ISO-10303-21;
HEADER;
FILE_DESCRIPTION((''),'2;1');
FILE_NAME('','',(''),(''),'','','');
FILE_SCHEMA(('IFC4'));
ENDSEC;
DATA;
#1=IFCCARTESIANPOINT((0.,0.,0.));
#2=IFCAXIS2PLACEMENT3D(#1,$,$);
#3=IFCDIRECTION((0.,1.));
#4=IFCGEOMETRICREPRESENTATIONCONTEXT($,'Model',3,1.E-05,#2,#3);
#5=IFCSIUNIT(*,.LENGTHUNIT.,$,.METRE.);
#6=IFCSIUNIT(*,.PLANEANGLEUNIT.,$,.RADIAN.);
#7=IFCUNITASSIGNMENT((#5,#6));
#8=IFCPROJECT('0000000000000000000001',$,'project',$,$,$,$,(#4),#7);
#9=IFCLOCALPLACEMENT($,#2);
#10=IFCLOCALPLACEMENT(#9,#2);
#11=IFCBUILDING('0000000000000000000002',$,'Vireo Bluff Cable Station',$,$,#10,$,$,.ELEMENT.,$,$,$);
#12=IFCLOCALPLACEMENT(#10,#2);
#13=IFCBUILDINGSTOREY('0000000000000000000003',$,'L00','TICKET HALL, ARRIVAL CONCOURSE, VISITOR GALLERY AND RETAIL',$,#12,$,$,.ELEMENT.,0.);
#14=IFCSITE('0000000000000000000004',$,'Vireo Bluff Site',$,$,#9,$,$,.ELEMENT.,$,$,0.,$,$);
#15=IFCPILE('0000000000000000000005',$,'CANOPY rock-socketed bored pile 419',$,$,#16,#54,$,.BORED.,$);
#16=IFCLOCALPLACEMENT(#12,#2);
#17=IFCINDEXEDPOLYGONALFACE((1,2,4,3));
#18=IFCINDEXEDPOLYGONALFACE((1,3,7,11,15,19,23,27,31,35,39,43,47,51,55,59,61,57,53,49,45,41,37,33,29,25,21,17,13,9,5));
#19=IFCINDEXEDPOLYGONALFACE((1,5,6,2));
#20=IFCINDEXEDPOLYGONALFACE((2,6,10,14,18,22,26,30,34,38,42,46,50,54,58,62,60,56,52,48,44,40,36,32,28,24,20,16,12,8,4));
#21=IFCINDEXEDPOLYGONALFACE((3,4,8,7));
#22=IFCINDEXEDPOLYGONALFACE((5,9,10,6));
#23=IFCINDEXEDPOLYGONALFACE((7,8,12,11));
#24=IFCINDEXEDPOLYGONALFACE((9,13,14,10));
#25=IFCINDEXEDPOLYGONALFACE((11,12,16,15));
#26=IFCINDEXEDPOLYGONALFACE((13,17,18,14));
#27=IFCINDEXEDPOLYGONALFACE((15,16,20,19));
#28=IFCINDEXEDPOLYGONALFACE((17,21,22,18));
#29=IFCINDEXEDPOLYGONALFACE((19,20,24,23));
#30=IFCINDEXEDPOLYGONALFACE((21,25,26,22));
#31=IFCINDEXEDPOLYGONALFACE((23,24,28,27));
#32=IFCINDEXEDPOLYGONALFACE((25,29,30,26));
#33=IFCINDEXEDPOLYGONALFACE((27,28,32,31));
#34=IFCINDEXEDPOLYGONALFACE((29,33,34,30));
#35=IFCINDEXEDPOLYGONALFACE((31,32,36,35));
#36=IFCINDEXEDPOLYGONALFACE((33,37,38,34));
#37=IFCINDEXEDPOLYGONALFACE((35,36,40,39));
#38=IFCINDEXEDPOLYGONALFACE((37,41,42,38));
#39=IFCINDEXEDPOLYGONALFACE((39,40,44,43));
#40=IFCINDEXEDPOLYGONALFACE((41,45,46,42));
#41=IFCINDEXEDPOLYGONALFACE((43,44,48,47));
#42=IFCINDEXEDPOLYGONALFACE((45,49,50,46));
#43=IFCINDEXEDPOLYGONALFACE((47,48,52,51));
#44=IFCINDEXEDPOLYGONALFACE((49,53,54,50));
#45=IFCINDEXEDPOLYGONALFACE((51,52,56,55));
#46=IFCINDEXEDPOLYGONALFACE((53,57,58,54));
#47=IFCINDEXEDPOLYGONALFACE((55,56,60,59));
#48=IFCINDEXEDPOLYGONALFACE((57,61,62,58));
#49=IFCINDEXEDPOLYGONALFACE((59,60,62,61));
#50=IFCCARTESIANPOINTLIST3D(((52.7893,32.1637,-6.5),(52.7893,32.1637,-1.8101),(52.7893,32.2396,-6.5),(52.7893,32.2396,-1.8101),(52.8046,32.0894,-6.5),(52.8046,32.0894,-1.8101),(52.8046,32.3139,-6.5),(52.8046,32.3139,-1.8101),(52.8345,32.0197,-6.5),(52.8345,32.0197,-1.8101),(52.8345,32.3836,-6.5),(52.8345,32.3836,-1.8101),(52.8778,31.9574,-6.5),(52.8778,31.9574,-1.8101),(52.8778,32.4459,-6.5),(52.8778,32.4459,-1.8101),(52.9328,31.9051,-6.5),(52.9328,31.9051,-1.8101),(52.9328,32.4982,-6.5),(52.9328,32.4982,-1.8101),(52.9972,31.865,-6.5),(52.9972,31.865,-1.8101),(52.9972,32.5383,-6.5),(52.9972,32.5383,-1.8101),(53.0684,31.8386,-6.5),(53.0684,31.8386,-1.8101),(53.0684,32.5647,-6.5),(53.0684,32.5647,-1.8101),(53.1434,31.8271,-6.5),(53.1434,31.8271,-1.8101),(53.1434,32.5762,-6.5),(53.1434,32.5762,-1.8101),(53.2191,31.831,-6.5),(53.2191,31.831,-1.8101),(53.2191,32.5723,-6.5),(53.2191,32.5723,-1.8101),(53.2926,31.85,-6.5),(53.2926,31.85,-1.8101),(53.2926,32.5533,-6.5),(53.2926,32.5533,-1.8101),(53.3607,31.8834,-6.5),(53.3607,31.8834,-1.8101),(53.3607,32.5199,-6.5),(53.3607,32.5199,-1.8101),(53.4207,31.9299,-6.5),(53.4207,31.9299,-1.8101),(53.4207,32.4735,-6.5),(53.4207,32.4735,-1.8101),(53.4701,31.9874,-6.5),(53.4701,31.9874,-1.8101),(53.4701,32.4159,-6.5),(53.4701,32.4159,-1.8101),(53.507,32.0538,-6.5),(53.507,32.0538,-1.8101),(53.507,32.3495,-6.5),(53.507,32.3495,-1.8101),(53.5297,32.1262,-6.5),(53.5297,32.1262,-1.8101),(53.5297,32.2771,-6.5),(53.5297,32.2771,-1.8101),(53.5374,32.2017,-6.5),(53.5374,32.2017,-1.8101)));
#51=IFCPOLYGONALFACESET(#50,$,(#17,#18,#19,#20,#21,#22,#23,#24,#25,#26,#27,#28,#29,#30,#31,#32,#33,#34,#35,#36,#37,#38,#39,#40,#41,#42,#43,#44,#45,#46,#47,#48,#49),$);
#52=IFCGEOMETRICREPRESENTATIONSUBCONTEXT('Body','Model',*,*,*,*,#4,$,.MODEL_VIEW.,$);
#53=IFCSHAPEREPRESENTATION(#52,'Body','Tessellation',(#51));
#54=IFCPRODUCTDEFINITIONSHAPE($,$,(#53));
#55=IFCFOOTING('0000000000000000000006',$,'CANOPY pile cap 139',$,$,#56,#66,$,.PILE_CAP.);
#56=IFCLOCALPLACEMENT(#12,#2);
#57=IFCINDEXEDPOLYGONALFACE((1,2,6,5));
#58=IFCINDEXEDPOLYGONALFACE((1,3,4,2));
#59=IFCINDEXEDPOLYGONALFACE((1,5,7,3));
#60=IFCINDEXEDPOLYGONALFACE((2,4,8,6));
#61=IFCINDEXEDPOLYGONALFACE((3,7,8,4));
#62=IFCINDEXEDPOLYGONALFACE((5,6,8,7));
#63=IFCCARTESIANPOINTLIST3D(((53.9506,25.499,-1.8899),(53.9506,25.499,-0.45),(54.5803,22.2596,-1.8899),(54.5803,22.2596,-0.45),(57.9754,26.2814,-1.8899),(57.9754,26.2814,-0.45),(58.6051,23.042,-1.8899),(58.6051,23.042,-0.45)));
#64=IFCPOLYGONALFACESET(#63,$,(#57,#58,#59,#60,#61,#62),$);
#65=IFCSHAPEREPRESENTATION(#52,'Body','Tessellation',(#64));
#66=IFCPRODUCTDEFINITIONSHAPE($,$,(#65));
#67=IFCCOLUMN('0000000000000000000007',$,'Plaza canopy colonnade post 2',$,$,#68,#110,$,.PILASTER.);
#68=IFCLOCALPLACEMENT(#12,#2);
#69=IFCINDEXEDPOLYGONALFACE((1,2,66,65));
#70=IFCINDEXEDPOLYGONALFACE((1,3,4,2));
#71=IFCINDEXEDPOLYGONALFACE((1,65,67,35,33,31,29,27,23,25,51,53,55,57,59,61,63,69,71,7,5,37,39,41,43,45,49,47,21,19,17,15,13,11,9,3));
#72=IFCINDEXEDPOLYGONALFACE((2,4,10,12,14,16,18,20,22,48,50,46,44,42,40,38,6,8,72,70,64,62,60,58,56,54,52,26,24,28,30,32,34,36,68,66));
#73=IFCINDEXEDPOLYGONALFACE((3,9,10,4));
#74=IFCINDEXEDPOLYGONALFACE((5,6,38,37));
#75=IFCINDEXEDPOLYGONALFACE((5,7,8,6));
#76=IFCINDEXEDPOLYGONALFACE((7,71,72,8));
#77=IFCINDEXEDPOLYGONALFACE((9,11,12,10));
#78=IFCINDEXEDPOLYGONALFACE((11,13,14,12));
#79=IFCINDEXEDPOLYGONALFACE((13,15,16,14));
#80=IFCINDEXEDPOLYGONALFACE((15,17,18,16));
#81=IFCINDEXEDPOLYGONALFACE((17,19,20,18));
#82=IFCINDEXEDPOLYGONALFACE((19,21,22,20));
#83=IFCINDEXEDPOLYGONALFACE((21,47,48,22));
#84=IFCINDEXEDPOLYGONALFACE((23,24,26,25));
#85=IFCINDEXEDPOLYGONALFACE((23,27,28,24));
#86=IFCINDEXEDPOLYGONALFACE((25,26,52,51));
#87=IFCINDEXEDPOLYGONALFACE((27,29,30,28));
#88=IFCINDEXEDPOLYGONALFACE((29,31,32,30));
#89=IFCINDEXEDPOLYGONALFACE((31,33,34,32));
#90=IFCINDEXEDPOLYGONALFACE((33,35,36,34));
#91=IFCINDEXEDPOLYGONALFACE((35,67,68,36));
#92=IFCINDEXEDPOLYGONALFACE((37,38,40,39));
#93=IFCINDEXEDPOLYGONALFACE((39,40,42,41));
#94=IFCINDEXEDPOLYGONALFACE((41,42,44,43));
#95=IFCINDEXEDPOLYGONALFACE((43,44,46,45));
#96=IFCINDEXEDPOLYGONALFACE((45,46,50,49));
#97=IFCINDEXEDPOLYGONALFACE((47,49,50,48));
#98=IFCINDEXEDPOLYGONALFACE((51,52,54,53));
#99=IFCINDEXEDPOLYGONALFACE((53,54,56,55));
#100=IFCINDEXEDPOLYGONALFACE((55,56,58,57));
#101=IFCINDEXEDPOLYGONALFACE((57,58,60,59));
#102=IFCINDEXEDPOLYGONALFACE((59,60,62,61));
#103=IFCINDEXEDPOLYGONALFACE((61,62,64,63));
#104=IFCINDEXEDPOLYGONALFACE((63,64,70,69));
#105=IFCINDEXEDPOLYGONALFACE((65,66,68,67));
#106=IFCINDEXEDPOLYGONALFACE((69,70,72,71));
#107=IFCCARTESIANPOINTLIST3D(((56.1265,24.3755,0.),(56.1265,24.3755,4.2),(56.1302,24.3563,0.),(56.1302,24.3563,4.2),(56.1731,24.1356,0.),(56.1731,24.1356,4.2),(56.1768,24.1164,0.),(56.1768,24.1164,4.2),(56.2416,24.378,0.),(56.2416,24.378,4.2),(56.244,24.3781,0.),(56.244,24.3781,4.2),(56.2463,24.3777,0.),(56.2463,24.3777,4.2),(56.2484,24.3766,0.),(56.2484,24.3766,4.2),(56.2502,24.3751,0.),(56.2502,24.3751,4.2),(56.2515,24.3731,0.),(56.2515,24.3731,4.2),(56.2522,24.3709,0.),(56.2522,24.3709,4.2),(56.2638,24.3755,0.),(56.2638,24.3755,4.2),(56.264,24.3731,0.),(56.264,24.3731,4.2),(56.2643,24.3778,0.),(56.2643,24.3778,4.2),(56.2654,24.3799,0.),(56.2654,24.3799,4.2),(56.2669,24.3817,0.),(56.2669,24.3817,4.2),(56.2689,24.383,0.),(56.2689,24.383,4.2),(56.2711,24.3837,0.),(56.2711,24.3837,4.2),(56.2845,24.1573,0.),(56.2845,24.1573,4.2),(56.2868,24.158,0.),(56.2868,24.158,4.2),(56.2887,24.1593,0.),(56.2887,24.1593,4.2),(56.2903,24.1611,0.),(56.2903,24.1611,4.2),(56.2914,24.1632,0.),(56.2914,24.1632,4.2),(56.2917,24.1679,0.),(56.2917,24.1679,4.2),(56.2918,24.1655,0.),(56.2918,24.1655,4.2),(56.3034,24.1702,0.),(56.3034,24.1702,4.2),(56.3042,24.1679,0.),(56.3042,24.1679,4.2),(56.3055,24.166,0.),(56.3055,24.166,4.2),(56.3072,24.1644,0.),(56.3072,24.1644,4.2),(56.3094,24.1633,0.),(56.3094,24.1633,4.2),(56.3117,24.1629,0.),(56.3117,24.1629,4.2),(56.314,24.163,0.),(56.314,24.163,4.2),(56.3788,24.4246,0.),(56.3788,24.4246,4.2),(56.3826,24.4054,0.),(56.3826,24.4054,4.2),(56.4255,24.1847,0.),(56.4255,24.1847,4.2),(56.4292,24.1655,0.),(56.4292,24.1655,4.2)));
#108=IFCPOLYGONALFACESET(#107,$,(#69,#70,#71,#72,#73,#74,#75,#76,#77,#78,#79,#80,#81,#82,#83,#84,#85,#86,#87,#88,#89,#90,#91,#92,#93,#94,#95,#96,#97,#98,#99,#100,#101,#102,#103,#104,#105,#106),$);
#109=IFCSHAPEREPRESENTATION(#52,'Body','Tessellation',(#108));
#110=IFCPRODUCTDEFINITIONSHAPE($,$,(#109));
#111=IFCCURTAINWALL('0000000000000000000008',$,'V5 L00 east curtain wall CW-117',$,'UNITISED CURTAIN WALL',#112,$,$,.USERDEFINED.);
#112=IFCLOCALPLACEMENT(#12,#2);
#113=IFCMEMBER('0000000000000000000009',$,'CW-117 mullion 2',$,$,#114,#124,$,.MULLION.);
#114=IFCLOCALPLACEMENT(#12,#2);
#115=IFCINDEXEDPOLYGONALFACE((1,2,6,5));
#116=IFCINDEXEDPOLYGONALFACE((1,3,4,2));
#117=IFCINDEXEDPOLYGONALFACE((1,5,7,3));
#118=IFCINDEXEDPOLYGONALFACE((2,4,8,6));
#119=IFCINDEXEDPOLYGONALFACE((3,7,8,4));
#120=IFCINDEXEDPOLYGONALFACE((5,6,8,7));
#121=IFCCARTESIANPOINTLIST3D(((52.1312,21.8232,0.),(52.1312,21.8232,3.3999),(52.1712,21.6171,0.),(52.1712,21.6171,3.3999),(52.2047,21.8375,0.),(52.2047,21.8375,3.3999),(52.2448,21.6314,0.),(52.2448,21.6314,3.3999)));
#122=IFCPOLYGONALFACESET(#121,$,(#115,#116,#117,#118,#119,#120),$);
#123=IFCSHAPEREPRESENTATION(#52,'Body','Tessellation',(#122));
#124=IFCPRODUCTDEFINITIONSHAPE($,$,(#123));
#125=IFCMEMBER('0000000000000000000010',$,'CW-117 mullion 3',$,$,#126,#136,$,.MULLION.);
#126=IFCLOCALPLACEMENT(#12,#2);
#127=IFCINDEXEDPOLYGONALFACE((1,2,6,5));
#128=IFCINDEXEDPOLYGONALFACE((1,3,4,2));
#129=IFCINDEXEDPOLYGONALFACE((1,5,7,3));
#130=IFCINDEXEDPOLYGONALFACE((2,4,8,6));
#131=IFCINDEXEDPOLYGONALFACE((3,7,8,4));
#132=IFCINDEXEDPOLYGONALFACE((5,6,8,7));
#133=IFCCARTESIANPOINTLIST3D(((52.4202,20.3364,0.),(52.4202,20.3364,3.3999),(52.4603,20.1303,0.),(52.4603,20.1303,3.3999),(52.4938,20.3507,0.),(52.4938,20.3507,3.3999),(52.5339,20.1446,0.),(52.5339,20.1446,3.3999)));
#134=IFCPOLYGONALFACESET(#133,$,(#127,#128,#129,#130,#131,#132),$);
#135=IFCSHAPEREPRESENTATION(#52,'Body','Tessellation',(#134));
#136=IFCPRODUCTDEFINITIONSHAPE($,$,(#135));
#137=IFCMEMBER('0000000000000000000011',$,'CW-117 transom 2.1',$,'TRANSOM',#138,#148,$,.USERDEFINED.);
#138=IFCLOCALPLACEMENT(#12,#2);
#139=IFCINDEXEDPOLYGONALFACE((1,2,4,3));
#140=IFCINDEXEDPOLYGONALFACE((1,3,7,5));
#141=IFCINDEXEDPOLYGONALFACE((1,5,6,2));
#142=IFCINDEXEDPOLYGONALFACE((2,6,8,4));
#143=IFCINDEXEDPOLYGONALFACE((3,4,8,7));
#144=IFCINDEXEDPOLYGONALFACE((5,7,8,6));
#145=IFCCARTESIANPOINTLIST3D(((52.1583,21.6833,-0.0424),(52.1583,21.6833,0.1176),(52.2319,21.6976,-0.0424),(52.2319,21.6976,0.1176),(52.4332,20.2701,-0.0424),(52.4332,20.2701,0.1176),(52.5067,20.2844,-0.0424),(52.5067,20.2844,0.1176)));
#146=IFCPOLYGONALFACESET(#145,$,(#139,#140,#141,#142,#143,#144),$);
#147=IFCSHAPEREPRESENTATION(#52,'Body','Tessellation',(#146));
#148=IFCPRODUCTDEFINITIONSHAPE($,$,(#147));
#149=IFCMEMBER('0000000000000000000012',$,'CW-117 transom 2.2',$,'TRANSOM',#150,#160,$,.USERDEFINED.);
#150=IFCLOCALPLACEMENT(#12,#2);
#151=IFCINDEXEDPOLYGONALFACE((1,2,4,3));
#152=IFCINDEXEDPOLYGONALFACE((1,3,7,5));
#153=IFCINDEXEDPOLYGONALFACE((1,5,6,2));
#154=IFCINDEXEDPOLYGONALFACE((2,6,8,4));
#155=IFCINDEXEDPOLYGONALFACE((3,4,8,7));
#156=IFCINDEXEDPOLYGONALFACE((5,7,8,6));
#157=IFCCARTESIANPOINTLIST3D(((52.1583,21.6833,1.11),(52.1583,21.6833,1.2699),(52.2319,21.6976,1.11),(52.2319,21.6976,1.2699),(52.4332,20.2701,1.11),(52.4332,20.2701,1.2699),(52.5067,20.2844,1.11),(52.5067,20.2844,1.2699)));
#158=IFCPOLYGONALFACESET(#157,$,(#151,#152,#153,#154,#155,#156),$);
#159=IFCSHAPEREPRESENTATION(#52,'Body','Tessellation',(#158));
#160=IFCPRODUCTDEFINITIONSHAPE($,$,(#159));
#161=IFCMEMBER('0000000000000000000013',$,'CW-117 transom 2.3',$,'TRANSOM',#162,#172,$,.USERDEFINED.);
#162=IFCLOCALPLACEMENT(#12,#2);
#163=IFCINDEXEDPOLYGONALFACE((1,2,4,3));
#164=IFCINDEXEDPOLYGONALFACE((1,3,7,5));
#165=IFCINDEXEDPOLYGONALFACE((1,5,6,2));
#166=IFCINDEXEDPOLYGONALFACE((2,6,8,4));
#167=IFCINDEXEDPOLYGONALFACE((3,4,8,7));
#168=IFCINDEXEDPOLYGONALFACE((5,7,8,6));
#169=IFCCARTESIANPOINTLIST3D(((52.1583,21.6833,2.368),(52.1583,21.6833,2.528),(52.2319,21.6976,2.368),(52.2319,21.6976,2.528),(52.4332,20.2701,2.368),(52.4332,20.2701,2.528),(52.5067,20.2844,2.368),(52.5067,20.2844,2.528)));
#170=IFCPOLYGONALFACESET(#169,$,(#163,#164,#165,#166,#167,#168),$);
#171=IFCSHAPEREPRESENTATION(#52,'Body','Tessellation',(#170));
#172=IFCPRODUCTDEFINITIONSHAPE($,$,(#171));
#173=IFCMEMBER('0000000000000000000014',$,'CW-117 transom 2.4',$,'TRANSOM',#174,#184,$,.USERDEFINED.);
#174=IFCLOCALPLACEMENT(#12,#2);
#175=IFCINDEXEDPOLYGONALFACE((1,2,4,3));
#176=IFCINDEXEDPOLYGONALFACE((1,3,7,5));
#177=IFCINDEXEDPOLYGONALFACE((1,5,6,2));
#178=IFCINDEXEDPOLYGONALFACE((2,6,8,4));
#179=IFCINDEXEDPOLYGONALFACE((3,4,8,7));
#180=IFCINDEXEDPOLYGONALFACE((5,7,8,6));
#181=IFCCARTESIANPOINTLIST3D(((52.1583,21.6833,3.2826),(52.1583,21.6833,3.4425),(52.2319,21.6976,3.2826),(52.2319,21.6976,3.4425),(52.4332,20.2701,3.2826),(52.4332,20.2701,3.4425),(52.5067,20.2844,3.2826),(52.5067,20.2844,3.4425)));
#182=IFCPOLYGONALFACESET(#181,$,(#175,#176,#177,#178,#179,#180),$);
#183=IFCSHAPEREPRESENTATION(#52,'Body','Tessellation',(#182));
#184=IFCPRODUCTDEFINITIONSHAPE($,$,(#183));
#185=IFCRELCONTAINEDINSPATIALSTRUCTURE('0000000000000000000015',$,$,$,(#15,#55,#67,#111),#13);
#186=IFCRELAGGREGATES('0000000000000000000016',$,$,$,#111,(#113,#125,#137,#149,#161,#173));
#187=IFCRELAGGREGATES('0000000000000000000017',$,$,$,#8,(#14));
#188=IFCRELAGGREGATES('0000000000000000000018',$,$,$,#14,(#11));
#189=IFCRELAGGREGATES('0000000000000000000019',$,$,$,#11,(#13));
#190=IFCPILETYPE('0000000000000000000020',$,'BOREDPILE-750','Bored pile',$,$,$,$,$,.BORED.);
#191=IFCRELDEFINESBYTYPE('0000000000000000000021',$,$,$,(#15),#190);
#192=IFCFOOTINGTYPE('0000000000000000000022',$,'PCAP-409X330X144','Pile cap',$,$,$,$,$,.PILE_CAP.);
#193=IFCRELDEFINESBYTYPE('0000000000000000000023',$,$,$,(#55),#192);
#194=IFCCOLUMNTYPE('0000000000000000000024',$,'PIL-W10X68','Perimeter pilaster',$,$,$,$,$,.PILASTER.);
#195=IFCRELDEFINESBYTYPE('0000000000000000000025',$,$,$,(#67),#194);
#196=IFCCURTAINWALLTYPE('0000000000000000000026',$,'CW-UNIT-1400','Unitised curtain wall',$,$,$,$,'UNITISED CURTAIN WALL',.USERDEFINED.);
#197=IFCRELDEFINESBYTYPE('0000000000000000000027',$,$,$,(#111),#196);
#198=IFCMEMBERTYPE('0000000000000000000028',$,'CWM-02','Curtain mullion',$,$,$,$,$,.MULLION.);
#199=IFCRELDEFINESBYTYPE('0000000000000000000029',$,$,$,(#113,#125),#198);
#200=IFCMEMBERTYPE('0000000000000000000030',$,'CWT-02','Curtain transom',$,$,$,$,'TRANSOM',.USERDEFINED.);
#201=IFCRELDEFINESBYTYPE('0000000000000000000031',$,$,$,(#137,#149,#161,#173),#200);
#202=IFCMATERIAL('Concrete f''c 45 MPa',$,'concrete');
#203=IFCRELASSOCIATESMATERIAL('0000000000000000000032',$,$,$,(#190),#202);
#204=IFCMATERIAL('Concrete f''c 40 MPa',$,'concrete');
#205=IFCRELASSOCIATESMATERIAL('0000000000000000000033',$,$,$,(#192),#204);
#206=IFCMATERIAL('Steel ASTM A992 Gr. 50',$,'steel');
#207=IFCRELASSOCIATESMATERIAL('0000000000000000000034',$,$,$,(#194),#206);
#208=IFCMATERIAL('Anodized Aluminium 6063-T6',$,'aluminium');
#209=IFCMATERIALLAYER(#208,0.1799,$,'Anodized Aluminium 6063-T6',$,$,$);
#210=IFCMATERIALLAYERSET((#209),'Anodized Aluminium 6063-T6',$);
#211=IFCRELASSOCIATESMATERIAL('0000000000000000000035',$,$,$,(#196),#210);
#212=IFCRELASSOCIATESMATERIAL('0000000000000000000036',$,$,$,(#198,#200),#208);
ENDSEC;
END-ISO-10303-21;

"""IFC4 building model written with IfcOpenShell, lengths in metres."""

from ifc_helpers import new_model, si_unit, direction, frame, origin, origin_2d, place, context, subcontext, project, spatial, rectangle, circle, i_section, extrude, material, layer, layer_set, material_profile, profile_set, type_object, element, aggregate, save


model = new_model("IFC4")

# Units and contexts
model_context = context("Model", 3, precision=1e-05, world=origin(), true_north=direction((0.0, 1.0)))
body_context = subcontext(model_context, "Body", "Model", "MODEL_VIEW")
ifc_project = project(units=[si_unit("LENGTHUNIT", "METRE"), si_unit("PLANEANGLEUNIT", "RADIAN")], contexts=[model_context])

# Site, building, storey
site_placement = place(None, origin())
site = spatial("IfcSite", under=ifc_project, at=site_placement, Name="Vireo Bluff Site", CompositionType="ELEMENT", RefElevation=0.0)
building_placement = place(site_placement, origin())
building = spatial("IfcBuilding", under=site, at=building_placement, Name="Vireo Bluff Cable Station", CompositionType="ELEMENT")
storey_placement = place(building_placement, origin())
storey = spatial("IfcBuildingStorey", under=building, at=storey_placement, Name="L00", Description="TICKET HALL, ARRIVAL CONCOURSE, VISITOR GALLERY AND RETAIL", CompositionType="ELEMENT", Elevation=0.0)

# Pile
ifc_material_1 = material(Name="Concrete f'c 45 MPa", Category="concrete")
ifc_material_profile_1 = material_profile(ifc_material_1, circle(Radius=0.375, at=origin_2d()), Name="BOREDPILE-750")
ifc_profile_set_1 = profile_set([ifc_material_profile_1], Name="Concrete f'c 45 MPa")
pile_type = type_object("IfcPileType", Name="BOREDPILE-750", Description="Bored pile", PredefinedType="BORED", material=ifc_profile_set_1)
pile_1_placement = place(storey_placement, frame((53.1624, 32.2017, -1.8101), z_axis=(0.0, 0.0, -1.0), x_axis=(1.0, 0.0, 0.0)))
element("IfcPile", 1, at=pile_1_placement, inside=storey, type_object=pile_type, Name="CANOPY rock-socketed bored pile 419", PredefinedType="BORED", context=body_context, shape_type="SweptSolid", body=[
    extrude(circle(Radius=0.375, at=origin_2d()), origin(), (0.0, 0.0, 1.0), 4.6899),
])

# Footing
ifc_material_2 = material(Name="Concrete f'c 40 MPa", Category="concrete")
footing_type = type_object("IfcFootingType", Name="PCAP-409X330X144", Description="Pile cap", PredefinedType="PILE_CAP", material=ifc_material_2)
footing_placement = place(storey_placement, frame((56.2778, 24.2705, -1.8899), z_axis=(0.0, 0.0, 1.0), x_axis=(0.981627, 0.190809, 0.0)))
element("IfcFooting", 2, at=footing_placement, inside=storey, type_object=footing_type, Name="CANOPY pile cap 139", PredefinedType="PILE_CAP", context=body_context, shape_type="SweptSolid", body=[
    extrude(rectangle(XDim=4.1001, YDim=3.3, at=origin_2d()), origin(), (0.0, 0.0, 1.0), 1.4399),
])

# Column
ifc_material_3 = material(Name="Steel ASTM A992 Gr. 50", Category="steel")
ifc_material_profile_2 = material_profile(ifc_material_3, i_section(OverallWidth=0.2571, OverallDepth=0.2639, WebThickness=0.012, FlangeThickness=0.0195, FilletRadius=0.009, at=origin_2d()), Name="W10X68")
ifc_profile_set_2 = profile_set([ifc_material_profile_2], Name="Steel ASTM A992 Gr. 50")
column_type = type_object("IfcColumnType", Name="PIL-W10X68", Description="Perimeter pilaster", PredefinedType="PILASTER", material=ifc_profile_set_2)
column_placement = place(storey_placement, frame((56.2778, 24.2705, 0.0), z_axis=(0.0, 0.0, 1.0), x_axis=(0.981627, 0.190809, 0.0)))
element("IfcColumn", 3, at=column_placement, inside=storey, type_object=column_type, Name="Plaza canopy colonnade post 2", PredefinedType="PILASTER", context=body_context, shape_type="SweptSolid", body=[
    extrude(i_section(OverallWidth=0.2571, OverallDepth=0.2639, WebThickness=0.012, FlangeThickness=0.0195, FilletRadius=0.009, at=origin_2d()), origin(), (0.0, 0.0, 1.0), 4.2),
])

# Curtain wall, members
ifc_material_4 = material(Name="Anodized Aluminium 6063-T6", Category="aluminium")
ifc_layer_1 = layer(ifc_material_4, 0.1799, Name="Anodized Aluminium 6063-T6")
ifc_layer_set_1 = layer_set([ifc_layer_1], Name="Anodized Aluminium 6063-T6")
curtain_wall_type = type_object("IfcCurtainWallType", Name="CW-UNIT-1400", Description="Unitised curtain wall", ElementType="UNITISED CURTAIN WALL", PredefinedType="USERDEFINED", material=ifc_layer_set_1)
curtain_wall_placement = place(storey_placement, origin())
curtain_wall = element("IfcCurtainWall", 4, at=curtain_wall_placement, inside=storey, type_object=curtain_wall_type, Name="V5 L00 east curtain wall CW-117", ObjectType="UNITISED CURTAIN WALL", PredefinedType="USERDEFINED")
ifc_material_profile_3 = material_profile(ifc_material_4, rectangle(XDim=0.075, YDim=0.21, at=origin_2d()), Name="ALU-M-75X210")
ifc_profile_set_3 = profile_set([ifc_material_profile_3], Name="Anodized Aluminium 6063-T6")
member_type_1 = type_object("IfcMemberType", Name="CWM-02", Description="Curtain mullion", PredefinedType="MULLION", material=ifc_profile_set_3)
member_1_placement = place(storey_placement, frame((52.188, 21.7273, 0.0), z_axis=(0.0, 0.0, 1.0), x_axis=(0.981627, 0.190809, 0.0)))
member_1 = element("IfcMember", 5, at=member_1_placement, type_object=member_type_1, Name="CW-117 mullion 2", PredefinedType="MULLION", context=body_context, shape_type="SweptSolid", body=[
    extrude(rectangle(XDim=0.075, YDim=0.21, at=origin_2d()), origin(), (0.0, 0.0, 1.0), 3.3999),
])
member_2_placement = place(storey_placement, frame((52.4771, 20.2405, 0.0), z_axis=(0.0, 0.0, 1.0), x_axis=(0.981627, 0.190809, 0.0)))
member_2 = element("IfcMember", 6, at=member_2_placement, type_object=member_type_1, Name="CW-117 mullion 3", PredefinedType="MULLION", context=body_context, shape_type="SweptSolid", body=[
    extrude(rectangle(XDim=0.075, YDim=0.21, at=origin_2d()), origin(), (0.0, 0.0, 1.0), 3.3999),
])
ifc_material_profile_4 = material_profile(ifc_material_4, rectangle(XDim=0.075, YDim=0.1599, at=origin_2d()), Name="ALU-T-75X160")
ifc_profile_set_4 = profile_set([ifc_material_profile_4], Name="Anodized Aluminium 6063-T6")
member_type_2 = type_object("IfcMemberType", Name="CWT-02", Description="Curtain transom", ElementType="TRANSOM", PredefinedType="USERDEFINED", material=ifc_profile_set_4)
member_3_placement = place(storey_placement, frame((52.1951, 21.6904, 0.0376), z_axis=(0.190929, -0.981604, 0.0), x_axis=(0.981604, 0.190929, 0.0)))
member_3 = element("IfcMember", 7, at=member_3_placement, type_object=member_type_2, Name="CW-117 transom 2.1", ObjectType="TRANSOM", PredefinedType="USERDEFINED", context=body_context, shape_type="SweptSolid", body=[
    extrude(rectangle(XDim=0.075, YDim=0.1599, at=origin_2d()), origin(), (0.0, 0.0, 1.0), 1.4397),
])
member_4_placement = place(storey_placement, frame((52.1951, 21.6904, 1.1899), z_axis=(0.190929, -0.981604, 0.0), x_axis=(0.981604, 0.190929, 0.0)))
member_4 = element("IfcMember", 8, at=member_4_placement, type_object=member_type_2, Name="CW-117 transom 2.2", ObjectType="TRANSOM", PredefinedType="USERDEFINED", context=body_context, shape_type="SweptSolid", body=[
    extrude(rectangle(XDim=0.075, YDim=0.1599, at=origin_2d()), origin(), (0.0, 0.0, 1.0), 1.4397),
])
member_5_placement = place(storey_placement, frame((52.1951, 21.6904, 2.448), z_axis=(0.190929, -0.981604, 0.0), x_axis=(0.981604, 0.190929, 0.0)))
member_5 = element("IfcMember", 9, at=member_5_placement, type_object=member_type_2, Name="CW-117 transom 2.3", ObjectType="TRANSOM", PredefinedType="USERDEFINED", context=body_context, shape_type="SweptSolid", body=[
    extrude(rectangle(XDim=0.075, YDim=0.1599, at=origin_2d()), origin(), (0.0, 0.0, 1.0), 1.4397),
])
member_6_placement = place(storey_placement, frame((52.1951, 21.6904, 3.3625), z_axis=(0.190929, -0.981604, 0.0), x_axis=(0.981604, 0.190929, 0.0)))
member_6 = element("IfcMember", 10, at=member_6_placement, type_object=member_type_2, Name="CW-117 transom 2.4", ObjectType="TRANSOM", PredefinedType="USERDEFINED", context=body_context, shape_type="SweptSolid", body=[
    extrude(rectangle(XDim=0.075, YDim=0.1599, at=origin_2d()), origin(), (0.0, 0.0, 1.0), 1.4397),
])
aggregate(curtain_wall, [member_1, member_2, member_3, member_4, member_5, member_6])

save(model, "model.ifc")
